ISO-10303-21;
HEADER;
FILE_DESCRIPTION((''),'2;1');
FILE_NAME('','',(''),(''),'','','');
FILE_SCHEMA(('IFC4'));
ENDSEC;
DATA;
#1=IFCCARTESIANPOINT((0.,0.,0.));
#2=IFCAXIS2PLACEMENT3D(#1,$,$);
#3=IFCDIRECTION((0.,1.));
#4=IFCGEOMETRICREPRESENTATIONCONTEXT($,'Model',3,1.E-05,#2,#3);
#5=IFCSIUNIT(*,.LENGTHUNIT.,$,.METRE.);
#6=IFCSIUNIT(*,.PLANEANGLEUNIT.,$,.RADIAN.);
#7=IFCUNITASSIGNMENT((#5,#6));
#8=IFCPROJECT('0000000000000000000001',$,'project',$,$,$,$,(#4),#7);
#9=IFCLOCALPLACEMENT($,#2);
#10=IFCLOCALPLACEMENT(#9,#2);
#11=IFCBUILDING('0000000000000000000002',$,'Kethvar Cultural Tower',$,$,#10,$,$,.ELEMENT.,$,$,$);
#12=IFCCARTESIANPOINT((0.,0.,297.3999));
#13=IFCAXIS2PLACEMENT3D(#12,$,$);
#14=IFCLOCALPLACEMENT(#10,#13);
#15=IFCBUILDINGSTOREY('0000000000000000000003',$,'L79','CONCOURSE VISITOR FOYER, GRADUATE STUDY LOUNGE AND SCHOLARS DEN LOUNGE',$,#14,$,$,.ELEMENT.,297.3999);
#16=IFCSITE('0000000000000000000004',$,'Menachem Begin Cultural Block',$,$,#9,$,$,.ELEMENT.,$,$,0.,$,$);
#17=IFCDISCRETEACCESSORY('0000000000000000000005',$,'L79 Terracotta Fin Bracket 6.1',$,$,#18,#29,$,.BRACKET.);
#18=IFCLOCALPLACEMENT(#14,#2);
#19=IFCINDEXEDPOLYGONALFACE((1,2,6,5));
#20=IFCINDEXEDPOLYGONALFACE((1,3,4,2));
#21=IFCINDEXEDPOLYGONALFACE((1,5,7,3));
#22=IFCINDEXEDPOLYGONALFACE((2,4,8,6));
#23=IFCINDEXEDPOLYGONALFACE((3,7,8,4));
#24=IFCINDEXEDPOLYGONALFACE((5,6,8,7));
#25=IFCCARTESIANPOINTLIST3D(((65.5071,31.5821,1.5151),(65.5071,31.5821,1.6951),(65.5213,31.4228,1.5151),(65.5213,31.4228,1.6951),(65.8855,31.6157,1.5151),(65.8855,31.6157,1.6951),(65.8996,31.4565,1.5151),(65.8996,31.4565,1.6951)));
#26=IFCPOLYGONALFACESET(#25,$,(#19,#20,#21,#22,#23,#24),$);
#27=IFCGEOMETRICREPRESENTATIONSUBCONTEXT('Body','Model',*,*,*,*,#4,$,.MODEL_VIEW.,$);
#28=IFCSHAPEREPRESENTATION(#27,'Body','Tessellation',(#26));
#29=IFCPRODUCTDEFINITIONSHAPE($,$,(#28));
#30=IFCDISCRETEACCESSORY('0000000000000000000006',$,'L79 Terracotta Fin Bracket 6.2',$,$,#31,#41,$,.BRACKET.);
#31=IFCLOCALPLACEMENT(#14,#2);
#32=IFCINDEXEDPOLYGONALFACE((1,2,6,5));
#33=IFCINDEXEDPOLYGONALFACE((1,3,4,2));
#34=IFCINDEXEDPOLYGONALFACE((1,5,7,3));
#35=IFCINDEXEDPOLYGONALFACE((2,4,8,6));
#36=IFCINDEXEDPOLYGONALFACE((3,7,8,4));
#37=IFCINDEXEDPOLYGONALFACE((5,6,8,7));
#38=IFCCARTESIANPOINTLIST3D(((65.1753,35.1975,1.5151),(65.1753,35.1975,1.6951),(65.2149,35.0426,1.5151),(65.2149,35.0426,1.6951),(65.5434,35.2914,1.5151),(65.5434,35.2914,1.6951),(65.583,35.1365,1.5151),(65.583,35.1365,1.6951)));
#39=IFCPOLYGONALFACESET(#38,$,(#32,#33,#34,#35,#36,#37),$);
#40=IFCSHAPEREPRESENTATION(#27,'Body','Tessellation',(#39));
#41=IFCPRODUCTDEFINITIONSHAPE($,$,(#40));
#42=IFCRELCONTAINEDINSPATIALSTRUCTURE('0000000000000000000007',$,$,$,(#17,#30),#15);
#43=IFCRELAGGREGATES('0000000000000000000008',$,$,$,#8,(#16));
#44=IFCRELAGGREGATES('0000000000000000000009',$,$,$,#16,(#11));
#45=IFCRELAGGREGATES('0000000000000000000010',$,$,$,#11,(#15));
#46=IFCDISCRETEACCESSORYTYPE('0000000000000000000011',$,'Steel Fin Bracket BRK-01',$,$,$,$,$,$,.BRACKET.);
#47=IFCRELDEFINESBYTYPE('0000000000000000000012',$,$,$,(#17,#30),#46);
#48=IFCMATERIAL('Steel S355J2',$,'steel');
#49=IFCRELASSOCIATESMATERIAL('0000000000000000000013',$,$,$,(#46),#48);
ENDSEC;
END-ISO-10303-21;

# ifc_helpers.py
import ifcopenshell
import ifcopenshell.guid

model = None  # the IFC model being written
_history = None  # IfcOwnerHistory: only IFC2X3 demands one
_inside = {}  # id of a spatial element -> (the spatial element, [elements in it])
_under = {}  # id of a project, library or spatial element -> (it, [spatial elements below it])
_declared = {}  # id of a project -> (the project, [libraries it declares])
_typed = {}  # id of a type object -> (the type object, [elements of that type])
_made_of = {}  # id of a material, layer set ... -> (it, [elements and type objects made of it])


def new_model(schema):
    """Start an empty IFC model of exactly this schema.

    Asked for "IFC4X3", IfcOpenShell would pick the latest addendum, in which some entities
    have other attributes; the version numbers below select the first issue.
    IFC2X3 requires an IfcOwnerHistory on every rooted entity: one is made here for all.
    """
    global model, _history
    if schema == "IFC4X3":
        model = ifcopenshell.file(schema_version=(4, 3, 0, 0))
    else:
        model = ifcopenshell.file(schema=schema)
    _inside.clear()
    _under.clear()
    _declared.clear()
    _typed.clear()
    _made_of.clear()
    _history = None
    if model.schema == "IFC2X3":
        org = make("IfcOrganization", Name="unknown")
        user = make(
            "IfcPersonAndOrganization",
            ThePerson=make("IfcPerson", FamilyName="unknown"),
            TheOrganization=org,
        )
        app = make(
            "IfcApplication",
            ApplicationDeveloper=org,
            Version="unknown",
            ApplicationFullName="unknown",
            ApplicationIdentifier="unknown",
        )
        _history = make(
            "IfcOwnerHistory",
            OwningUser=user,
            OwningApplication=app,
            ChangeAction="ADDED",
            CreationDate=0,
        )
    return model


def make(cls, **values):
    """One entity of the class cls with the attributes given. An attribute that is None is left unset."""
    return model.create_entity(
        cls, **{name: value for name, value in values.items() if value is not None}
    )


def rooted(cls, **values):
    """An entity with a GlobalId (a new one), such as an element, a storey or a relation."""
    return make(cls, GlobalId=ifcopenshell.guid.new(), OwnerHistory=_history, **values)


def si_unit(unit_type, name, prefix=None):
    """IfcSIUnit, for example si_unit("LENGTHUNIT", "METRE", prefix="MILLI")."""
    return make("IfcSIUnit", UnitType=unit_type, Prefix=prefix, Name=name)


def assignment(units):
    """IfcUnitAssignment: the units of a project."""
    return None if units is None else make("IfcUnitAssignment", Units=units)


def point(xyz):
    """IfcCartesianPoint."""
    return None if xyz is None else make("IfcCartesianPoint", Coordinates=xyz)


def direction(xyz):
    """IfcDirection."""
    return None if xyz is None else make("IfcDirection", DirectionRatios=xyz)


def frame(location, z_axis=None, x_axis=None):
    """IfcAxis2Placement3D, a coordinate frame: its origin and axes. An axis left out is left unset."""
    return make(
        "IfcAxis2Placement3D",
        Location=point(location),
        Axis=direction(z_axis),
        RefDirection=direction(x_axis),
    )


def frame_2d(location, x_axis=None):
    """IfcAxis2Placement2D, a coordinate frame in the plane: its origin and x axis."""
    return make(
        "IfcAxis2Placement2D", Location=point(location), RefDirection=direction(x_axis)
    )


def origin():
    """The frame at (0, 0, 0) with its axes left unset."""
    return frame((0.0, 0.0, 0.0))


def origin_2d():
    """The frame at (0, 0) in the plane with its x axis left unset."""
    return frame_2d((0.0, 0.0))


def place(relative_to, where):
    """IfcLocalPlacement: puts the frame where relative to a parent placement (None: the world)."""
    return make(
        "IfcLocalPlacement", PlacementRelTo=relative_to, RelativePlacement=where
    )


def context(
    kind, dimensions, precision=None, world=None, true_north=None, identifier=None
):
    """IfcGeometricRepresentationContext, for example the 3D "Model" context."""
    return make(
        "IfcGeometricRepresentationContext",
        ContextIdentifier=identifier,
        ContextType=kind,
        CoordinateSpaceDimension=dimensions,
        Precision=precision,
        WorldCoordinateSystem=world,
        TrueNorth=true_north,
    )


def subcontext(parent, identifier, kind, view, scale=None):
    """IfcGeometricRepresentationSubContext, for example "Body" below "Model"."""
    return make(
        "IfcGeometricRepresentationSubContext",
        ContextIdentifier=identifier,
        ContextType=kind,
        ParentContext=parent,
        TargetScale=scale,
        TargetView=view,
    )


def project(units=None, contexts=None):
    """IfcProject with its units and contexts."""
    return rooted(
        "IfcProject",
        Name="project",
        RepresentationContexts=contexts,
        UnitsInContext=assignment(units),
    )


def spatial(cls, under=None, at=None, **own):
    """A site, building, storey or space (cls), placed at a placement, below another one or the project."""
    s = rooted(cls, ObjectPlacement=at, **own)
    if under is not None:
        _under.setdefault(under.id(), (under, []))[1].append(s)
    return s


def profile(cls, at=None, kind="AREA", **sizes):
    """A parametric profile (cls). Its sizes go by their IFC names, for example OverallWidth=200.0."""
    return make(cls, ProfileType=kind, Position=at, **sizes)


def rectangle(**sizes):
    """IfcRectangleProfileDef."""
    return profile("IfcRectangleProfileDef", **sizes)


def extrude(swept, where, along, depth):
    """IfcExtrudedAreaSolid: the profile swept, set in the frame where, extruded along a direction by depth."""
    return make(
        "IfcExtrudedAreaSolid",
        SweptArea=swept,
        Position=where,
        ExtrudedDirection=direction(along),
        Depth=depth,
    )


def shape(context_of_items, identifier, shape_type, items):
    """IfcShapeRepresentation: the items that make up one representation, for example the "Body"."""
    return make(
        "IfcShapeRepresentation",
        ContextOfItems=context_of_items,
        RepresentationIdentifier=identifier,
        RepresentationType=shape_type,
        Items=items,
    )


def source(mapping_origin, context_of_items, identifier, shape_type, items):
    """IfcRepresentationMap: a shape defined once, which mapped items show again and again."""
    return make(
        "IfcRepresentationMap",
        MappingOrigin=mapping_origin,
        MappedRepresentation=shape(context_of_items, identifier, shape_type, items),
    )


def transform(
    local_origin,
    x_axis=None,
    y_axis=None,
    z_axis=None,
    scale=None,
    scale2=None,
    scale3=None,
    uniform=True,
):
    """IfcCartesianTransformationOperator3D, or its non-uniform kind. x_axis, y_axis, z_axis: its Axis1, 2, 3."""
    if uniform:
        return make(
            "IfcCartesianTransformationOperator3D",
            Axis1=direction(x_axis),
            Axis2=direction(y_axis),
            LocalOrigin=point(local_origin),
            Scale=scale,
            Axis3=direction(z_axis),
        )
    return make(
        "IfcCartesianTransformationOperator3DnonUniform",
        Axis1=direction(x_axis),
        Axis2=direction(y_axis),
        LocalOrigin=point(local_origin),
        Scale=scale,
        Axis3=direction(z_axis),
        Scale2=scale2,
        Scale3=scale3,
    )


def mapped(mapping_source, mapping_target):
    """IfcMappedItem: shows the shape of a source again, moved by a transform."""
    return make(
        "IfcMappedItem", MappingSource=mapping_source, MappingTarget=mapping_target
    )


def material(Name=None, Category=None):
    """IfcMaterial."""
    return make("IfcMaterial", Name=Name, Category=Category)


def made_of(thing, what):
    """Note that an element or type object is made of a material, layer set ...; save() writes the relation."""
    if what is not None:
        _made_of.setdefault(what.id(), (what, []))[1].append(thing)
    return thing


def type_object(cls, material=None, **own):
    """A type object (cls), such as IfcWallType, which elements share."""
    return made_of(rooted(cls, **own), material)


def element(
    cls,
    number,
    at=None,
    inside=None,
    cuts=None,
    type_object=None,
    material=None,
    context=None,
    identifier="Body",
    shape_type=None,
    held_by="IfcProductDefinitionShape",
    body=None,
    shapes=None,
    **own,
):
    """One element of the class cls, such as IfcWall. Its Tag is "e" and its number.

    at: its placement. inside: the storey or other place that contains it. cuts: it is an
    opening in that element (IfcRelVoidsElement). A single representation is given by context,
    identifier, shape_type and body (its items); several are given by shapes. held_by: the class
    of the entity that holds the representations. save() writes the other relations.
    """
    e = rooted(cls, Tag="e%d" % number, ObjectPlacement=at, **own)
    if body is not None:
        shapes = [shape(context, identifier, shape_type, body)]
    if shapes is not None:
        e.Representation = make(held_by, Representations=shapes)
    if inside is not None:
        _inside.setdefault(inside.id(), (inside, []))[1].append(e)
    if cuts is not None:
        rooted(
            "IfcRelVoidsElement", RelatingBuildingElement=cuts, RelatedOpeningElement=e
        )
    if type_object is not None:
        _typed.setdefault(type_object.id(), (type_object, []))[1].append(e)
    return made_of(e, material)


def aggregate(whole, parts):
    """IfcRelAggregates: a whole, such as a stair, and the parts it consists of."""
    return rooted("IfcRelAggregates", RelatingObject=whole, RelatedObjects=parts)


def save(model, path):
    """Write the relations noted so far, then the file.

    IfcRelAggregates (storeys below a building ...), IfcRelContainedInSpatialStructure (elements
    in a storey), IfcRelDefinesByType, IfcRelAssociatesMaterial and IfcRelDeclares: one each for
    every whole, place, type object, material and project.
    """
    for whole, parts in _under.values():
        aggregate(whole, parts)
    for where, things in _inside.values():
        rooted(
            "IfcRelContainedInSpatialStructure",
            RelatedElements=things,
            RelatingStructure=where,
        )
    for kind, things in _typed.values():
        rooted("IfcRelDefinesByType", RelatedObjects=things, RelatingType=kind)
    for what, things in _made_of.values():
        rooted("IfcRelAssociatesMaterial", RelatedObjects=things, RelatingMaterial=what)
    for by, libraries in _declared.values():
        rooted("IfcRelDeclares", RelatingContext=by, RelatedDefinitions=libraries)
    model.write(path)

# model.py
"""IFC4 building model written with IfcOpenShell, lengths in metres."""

from ifc_helpers import new_model, si_unit, direction, frame, origin, origin_2d, place, context, subcontext, project, spatial, rectangle, extrude, source, transform, mapped, material, type_object, element, save


model = new_model("IFC4")

# Units and contexts
model_context = context("Model", 3, precision=1e-05, world=origin(), true_north=direction((0.0, 1.0)))
body_context = subcontext(model_context, "Body", "Model", "MODEL_VIEW")
ifc_project = project(units=[si_unit("LENGTHUNIT", "METRE"), si_unit("PLANEANGLEUNIT", "RADIAN")], contexts=[model_context])

# Site, building, storey
site_placement = place(None, origin())
site = spatial("IfcSite", under=ifc_project, at=site_placement, Name="Menachem Begin Cultural Block", CompositionType="ELEMENT", RefElevation=0.0)
building_placement = place(site_placement, origin())
building = spatial("IfcBuilding", under=site, at=building_placement, Name="Kethvar Cultural Tower", CompositionType="ELEMENT")
storey_placement = place(building_placement, frame((0.0, 0.0, 297.3999)))
storey = spatial("IfcBuildingStorey", under=building, at=storey_placement, Name="L79", Description="CONCOURSE VISITOR FOYER, GRADUATE STUDY LOUNGE AND SCHOLARS DEN LOUNGE", CompositionType="ELEMENT", Elevation=297.3999)

# Discrete accessories
ifc_material_1 = material(Name="Steel S355J2", Category="steel")
discrete_accessory_type = type_object("IfcDiscreteAccessoryType", Name="Steel Fin Bracket BRK-01", PredefinedType="BRACKET", material=ifc_material_1)
shared_shape_1 = source(origin(), body_context, "Body", "SweptSolid", [
    extrude(rectangle(XDim=0.3799, YDim=0.1599, at=origin_2d()), origin(), (0.0, 0.0, 1.0), 0.1799),
])
for number, where, z_axis, x_axis, name in (
    (1, (65.7034, 31.5193, 1.5151), (0.0, 0.0, 1.0), (0.996072, 0.088547, 0.0), "L79 Terracotta Fin Bracket 6.1"),
    (2, (65.3792, 35.167, 1.5151), (0.0, 0.0, 1.0), (0.968973, 0.247168, 0.0), "L79 Terracotta Fin Bracket 6.2"),
):
    element("IfcDiscreteAccessory", number, at=place(storey_placement, frame(where, z_axis=z_axis, x_axis=x_axis)), inside=storey, type_object=discrete_accessory_type, Name=name, PredefinedType="BRACKET", context=body_context, shape_type="MappedRepresentation", body=[
        mapped(shared_shape_1, transform((0.0, 0.0, 0.0), scale=1.0)),
    ])

save(model, "model.ifc")
